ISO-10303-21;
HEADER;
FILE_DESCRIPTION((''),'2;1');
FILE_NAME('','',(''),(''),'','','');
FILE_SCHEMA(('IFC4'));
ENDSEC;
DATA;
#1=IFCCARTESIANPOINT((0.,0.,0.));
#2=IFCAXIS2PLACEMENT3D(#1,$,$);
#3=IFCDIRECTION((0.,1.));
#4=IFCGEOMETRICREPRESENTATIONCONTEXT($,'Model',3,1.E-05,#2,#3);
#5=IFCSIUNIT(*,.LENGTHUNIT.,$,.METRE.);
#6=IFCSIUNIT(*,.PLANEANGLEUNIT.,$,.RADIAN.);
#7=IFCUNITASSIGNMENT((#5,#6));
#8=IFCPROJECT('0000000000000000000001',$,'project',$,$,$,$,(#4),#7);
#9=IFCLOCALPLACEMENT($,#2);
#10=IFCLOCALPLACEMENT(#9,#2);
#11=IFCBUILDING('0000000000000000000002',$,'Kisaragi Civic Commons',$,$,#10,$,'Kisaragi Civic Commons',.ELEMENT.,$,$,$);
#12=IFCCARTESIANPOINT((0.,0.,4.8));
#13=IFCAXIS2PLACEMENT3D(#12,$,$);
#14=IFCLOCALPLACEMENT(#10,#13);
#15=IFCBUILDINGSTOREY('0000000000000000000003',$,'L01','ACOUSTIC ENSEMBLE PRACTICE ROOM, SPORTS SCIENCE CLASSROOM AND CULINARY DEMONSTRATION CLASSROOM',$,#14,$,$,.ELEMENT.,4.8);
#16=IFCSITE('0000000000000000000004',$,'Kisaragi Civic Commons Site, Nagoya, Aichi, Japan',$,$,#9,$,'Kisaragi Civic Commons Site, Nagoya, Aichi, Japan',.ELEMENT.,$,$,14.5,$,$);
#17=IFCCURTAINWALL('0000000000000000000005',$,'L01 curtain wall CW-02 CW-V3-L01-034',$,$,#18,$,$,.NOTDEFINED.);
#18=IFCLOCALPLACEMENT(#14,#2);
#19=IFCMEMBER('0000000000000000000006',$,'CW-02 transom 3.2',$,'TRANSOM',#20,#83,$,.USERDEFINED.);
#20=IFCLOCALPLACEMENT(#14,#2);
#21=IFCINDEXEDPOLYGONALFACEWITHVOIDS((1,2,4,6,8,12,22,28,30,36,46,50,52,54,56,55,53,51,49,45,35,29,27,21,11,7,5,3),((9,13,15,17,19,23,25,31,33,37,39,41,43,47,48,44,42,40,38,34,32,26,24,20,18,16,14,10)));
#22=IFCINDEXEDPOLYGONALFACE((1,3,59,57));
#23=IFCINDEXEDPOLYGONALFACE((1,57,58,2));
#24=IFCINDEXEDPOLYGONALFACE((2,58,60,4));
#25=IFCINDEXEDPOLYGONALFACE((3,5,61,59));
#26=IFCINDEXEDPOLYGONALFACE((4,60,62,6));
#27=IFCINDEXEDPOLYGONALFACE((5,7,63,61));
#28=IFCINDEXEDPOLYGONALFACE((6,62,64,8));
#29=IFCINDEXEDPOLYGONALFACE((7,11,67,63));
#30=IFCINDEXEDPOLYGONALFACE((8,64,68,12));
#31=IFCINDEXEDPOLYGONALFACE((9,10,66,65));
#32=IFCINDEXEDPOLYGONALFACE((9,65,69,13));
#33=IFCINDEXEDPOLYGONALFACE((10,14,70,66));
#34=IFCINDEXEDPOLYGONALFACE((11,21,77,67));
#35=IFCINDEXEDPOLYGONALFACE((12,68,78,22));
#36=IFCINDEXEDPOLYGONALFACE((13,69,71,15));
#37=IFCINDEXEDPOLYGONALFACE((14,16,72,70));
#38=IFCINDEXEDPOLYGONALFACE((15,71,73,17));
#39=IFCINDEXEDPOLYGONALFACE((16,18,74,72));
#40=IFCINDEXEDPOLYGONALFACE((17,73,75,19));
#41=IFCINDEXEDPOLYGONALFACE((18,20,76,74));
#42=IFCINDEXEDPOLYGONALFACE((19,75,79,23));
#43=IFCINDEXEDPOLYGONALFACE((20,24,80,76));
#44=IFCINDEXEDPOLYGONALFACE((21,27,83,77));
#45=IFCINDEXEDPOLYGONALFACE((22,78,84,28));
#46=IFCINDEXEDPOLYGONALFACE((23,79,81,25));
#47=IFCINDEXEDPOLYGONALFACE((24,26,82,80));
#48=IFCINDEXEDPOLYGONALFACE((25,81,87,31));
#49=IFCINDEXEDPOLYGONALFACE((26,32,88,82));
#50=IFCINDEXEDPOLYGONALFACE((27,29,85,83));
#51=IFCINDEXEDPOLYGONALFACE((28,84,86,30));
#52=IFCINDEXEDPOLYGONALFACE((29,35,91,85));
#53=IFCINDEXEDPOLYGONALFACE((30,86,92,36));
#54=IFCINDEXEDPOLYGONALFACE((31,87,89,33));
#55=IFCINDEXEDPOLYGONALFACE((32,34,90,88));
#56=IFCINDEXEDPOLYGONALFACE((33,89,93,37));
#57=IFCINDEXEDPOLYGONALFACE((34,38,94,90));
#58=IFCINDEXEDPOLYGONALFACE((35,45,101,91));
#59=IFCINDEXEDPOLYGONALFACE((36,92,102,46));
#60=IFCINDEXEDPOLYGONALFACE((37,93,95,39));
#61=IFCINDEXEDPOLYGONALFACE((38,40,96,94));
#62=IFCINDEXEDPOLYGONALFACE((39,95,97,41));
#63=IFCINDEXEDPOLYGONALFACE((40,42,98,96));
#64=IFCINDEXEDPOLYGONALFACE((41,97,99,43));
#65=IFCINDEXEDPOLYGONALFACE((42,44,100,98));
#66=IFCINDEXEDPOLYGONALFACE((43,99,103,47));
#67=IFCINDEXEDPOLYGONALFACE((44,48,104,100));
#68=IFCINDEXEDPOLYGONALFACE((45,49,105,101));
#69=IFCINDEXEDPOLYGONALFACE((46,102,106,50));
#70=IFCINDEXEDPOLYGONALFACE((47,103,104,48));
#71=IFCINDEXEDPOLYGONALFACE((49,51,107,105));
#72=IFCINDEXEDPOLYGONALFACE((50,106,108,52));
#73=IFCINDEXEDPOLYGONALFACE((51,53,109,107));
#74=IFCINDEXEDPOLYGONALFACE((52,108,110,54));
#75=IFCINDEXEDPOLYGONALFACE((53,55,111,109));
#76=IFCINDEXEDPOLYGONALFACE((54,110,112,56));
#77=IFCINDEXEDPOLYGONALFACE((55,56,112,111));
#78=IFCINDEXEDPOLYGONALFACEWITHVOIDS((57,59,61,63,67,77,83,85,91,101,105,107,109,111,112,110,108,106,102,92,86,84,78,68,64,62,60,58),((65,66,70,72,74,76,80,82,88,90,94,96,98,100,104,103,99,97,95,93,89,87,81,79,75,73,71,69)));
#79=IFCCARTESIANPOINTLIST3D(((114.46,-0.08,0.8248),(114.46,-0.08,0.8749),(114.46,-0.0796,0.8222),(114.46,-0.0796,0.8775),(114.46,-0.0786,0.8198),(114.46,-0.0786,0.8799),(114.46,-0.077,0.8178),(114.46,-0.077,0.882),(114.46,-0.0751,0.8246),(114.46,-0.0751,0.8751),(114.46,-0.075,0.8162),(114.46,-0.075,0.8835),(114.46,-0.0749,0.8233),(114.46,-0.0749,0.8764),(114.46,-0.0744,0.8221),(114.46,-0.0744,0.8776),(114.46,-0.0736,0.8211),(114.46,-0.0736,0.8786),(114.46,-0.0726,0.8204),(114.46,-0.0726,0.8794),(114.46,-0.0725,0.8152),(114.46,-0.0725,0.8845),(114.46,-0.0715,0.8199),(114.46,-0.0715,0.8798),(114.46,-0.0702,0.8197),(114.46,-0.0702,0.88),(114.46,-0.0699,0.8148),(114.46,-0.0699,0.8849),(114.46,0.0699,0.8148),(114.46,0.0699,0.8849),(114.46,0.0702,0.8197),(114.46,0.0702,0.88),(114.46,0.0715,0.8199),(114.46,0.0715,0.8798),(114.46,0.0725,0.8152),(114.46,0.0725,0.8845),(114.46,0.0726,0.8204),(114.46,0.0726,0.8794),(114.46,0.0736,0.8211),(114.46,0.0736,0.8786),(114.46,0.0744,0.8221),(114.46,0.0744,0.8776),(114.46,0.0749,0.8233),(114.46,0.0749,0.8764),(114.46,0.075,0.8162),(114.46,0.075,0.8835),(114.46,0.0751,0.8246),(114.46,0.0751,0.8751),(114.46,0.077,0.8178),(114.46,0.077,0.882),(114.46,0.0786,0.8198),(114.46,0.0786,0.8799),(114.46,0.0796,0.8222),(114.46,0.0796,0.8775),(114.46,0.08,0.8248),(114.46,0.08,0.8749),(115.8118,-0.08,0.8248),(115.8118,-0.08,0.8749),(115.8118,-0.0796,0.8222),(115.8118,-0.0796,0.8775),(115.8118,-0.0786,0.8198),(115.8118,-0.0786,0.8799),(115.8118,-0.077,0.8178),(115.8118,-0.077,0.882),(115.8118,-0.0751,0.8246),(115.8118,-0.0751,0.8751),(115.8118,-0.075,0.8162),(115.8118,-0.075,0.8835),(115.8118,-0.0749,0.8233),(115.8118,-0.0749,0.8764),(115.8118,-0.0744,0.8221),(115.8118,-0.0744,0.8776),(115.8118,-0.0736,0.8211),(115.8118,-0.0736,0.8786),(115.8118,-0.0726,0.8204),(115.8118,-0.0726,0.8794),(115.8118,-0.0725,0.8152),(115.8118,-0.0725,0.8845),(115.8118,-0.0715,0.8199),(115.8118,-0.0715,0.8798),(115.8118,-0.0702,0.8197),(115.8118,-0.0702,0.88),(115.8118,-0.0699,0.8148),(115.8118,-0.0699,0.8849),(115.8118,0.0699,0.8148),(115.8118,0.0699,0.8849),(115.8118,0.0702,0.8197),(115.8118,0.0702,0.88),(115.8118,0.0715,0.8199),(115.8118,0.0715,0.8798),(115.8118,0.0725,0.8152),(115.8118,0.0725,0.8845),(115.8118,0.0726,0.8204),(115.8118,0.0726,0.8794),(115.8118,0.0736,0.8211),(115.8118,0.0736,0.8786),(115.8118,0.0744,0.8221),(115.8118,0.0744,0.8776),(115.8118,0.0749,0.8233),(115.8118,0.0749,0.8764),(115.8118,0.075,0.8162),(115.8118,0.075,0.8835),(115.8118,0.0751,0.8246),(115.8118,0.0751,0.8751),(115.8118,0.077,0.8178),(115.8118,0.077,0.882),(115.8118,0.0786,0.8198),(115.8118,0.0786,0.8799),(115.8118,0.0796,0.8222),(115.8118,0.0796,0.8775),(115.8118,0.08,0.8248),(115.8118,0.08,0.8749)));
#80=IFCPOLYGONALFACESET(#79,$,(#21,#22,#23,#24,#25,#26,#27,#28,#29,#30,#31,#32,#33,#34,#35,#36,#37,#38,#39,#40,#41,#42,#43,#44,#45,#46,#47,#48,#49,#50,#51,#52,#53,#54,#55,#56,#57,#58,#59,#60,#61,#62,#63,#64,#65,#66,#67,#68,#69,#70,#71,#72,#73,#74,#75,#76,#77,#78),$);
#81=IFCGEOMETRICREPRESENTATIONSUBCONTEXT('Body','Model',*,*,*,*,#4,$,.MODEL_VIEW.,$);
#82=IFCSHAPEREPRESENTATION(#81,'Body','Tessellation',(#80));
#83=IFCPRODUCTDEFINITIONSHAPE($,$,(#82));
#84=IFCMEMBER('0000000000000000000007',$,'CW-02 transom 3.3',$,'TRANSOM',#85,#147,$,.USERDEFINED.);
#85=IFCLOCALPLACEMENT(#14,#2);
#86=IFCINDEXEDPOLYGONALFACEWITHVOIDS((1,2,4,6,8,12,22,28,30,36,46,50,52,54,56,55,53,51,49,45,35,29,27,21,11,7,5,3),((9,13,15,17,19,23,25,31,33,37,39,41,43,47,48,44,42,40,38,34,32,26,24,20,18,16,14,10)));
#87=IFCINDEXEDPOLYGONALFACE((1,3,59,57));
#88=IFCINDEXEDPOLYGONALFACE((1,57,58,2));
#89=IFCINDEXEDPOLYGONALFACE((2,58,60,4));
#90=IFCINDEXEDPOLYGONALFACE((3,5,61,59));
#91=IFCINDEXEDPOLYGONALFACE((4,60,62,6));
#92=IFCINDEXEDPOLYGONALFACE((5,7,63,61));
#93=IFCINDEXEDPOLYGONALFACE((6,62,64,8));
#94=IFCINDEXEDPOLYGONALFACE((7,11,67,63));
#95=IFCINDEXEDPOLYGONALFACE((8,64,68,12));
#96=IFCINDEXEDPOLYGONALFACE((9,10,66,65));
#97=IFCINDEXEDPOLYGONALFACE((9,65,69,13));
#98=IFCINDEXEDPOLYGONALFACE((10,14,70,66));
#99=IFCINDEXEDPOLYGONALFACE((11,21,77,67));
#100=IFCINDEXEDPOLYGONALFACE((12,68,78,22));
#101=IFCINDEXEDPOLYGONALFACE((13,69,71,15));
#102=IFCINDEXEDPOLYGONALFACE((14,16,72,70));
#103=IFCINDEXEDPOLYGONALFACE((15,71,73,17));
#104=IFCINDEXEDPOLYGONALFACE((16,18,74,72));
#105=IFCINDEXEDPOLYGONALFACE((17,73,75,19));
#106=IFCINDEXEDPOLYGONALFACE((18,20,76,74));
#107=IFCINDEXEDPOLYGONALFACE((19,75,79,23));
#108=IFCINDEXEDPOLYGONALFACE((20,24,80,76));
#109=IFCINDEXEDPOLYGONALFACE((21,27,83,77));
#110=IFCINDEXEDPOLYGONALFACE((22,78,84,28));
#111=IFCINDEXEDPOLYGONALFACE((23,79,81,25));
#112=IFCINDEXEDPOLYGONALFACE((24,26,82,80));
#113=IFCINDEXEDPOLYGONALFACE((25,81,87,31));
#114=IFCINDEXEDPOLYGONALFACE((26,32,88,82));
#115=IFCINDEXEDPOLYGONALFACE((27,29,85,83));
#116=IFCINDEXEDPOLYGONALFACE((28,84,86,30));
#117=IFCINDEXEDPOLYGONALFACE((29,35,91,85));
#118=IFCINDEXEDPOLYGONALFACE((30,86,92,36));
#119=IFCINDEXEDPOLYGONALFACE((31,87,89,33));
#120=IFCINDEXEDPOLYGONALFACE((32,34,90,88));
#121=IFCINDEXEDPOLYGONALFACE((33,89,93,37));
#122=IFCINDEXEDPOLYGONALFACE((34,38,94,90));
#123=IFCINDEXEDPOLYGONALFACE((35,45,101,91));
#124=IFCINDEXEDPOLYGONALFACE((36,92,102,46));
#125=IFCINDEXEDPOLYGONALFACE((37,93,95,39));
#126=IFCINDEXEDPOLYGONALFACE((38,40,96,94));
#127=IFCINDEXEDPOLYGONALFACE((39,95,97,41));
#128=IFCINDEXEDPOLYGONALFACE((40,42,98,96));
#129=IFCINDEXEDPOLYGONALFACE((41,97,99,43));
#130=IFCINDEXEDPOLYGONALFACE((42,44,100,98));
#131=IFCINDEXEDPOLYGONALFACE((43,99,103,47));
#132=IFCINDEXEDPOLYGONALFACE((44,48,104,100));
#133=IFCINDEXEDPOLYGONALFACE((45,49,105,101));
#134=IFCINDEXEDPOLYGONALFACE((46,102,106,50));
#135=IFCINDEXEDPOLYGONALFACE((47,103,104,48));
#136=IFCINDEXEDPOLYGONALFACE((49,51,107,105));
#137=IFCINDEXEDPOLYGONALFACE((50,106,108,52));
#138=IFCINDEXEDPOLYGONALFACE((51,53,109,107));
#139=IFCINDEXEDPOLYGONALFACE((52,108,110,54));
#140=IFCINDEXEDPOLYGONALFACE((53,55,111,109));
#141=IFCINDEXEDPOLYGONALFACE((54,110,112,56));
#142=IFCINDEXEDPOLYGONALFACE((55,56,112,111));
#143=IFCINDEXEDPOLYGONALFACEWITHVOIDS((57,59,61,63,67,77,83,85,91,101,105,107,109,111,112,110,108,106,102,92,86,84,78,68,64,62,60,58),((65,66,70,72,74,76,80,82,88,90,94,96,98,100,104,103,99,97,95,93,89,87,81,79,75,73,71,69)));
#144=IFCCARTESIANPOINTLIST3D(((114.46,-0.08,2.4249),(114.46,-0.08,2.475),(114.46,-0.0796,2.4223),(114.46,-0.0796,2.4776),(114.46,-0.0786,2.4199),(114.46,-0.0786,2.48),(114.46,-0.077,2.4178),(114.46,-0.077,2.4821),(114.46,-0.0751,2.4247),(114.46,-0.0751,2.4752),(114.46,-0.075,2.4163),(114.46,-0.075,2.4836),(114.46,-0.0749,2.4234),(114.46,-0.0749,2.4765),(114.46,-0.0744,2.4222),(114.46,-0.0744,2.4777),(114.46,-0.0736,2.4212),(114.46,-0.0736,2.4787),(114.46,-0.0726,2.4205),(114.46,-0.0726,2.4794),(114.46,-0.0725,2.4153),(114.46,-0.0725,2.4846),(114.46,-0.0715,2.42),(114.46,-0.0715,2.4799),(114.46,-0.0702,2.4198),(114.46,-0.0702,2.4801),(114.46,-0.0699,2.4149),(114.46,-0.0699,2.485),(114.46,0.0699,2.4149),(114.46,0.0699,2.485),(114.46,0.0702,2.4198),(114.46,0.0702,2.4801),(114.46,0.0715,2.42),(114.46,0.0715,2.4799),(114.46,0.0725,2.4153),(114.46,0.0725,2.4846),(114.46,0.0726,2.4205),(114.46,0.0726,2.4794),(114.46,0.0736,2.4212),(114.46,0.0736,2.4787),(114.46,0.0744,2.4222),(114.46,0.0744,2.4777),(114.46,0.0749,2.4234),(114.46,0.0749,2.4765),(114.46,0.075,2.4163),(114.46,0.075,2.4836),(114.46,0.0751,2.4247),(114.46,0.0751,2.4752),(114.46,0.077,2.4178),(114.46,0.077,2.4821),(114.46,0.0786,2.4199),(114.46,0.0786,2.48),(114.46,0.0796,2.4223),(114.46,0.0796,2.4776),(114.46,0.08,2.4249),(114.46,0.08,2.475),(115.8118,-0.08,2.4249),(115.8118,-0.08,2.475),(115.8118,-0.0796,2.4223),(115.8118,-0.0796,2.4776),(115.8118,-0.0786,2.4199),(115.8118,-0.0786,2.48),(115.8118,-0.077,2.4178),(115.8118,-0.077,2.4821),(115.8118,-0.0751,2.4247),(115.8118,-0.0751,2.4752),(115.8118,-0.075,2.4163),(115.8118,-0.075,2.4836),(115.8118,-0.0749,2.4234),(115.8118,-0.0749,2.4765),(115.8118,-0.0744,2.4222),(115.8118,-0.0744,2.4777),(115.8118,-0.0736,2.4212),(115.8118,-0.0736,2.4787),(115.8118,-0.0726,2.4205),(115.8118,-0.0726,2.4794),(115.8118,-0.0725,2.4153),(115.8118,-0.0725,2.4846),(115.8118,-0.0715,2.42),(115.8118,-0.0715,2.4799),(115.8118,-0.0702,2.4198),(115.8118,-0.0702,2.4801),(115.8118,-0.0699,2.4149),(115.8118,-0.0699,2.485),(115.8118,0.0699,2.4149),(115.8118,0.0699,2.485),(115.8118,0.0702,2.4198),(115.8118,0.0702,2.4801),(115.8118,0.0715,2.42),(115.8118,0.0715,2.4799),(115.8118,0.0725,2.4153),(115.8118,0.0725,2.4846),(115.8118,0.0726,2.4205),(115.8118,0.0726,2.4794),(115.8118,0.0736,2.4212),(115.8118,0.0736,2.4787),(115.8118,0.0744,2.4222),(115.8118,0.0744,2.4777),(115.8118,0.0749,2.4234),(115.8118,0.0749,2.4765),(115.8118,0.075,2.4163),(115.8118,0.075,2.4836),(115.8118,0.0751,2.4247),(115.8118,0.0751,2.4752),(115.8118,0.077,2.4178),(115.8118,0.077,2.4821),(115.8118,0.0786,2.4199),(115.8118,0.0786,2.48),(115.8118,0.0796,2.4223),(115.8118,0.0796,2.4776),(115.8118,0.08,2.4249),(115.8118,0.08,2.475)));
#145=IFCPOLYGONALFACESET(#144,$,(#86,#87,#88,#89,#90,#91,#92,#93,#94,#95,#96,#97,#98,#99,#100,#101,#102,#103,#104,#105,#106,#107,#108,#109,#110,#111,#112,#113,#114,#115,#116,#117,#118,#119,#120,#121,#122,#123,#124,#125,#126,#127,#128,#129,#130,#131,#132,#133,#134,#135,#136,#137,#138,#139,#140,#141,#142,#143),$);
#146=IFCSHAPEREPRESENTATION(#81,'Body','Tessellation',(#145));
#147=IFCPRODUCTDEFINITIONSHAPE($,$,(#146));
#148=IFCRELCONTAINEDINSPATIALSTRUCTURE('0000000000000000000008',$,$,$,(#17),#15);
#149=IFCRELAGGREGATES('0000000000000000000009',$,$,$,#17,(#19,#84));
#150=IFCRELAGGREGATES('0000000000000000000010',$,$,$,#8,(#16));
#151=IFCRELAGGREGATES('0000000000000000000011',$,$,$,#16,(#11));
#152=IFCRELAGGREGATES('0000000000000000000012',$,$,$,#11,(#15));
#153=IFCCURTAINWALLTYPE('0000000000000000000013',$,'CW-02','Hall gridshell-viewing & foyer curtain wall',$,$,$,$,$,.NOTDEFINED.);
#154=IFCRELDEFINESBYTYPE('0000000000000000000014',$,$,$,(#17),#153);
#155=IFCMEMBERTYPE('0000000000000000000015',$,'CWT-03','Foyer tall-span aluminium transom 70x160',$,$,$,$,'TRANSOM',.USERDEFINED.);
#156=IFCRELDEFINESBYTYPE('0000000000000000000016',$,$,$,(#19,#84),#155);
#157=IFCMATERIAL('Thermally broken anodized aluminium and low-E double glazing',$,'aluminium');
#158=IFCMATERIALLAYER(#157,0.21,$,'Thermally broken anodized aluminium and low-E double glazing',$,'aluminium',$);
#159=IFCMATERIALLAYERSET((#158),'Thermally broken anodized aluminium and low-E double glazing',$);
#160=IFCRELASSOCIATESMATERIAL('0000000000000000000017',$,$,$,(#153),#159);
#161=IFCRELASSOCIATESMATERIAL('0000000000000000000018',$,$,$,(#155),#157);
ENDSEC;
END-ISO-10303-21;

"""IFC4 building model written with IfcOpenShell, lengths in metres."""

from ifc_helpers import new_model, si_unit, direction, frame, origin, origin_2d, place, context, subcontext, project, spatial, hollow_rectangle, extrude, material, layer, layer_set, material_profile, profile_set, type_object, element, aggregate, save


model = new_model("IFC4")

# Units and contexts
model_context = context("Model", 3, precision=1e-05, world=origin(), true_north=direction((0.0, 1.0)))
body_context = subcontext(model_context, "Body", "Model", "MODEL_VIEW")
ifc_project = project(units=[si_unit("LENGTHUNIT", "METRE"), si_unit("PLANEANGLEUNIT", "RADIAN")], contexts=[model_context])

# Site, building, storey
site_placement = place(None, origin())
site = spatial("IfcSite", under=ifc_project, at=site_placement, Name="Kisaragi Civic Commons Site, Nagoya, Aichi, Japan", LongName="Kisaragi Civic Commons Site, Nagoya, Aichi, Japan", CompositionType="ELEMENT", RefElevation=14.5)
building_placement = place(site_placement, origin())
building = spatial("IfcBuilding", under=site, at=building_placement, Name="Kisaragi Civic Commons", LongName="Kisaragi Civic Commons", CompositionType="ELEMENT")
storey_placement = place(building_placement, frame((0.0, 0.0, 4.8)))
storey = spatial("IfcBuildingStorey", under=building, at=storey_placement, Name="L01", Description="ACOUSTIC ENSEMBLE PRACTICE ROOM, SPORTS SCIENCE CLASSROOM AND CULINARY DEMONSTRATION CLASSROOM", CompositionType="ELEMENT", Elevation=4.8)

# Curtain wall, members
ifc_material_1 = material(Name="Thermally broken anodized aluminium and low-E double glazing", Category="aluminium")
ifc_layer_1 = layer(ifc_material_1, 0.21, Name="Thermally broken anodized aluminium and low-E double glazing", Category="aluminium")
ifc_layer_set_1 = layer_set([ifc_layer_1], Name="Thermally broken anodized aluminium and low-E double glazing")
curtain_wall_type = type_object("IfcCurtainWallType", Name="CW-02", Description="Hall gridshell-viewing & foyer curtain wall", PredefinedType="NOTDEFINED", material=ifc_layer_set_1)
curtain_wall_1_placement = place(storey_placement, origin())
curtain_wall_1 = element("IfcCurtainWall", 1, at=curtain_wall_1_placement, inside=storey, type_object=curtain_wall_type, Name="L01 curtain wall CW-02 CW-V3-L01-034", PredefinedType="NOTDEFINED")
ifc_material_profile_1 = material_profile(ifc_material_1, hollow_rectangle(XDim=0.1599, YDim=0.0701, WallThickness=0.0049, InnerFilletRadius=0.0049, OuterFilletRadius=0.01, at=origin_2d()), Name="CWT-70x160x5", Category="aluminium")
ifc_profile_set_1 = profile_set([ifc_material_profile_1], Name="Thermally broken anodized aluminium and low-E double glazing")
member_type_1 = type_object("IfcMemberType", Name="CWT-03", Description="Foyer tall-span aluminium transom 70x160", ElementType="TRANSOM", PredefinedType="USERDEFINED", material=ifc_profile_set_1)
member_1_placement = place(storey_placement, frame((115.8118, 0.0, 0.8499), z_axis=(-1.0, 0.0, 0.0), x_axis=(0.0, -1.0, 0.0)))
member_1 = element("IfcMember", 2, at=member_1_placement, type_object=member_type_1, Name="CW-02 transom 3.2", ObjectType="TRANSOM", PredefinedType="USERDEFINED", context=body_context, shape_type="SweptSolid", body=[
    extrude(hollow_rectangle(XDim=0.1599, YDim=0.0701, WallThickness=0.0049, InnerFilletRadius=0.0049, OuterFilletRadius=0.01, at=origin_2d()), origin(), (0.0, 0.0, 1.0), 1.3518),
])
member_2_placement = place(storey_placement, frame((115.8118, 0.0, 2.45), z_axis=(-1.0, 0.0, 0.0), x_axis=(0.0, -1.0, 0.0)))
member_2 = element("IfcMember", 3, at=member_2_placement, type_object=member_type_1, Name="CW-02 transom 3.3", ObjectType="TRANSOM", PredefinedType="USERDEFINED", context=body_context, shape_type="SweptSolid", body=[
    extrude(hollow_rectangle(XDim=0.1599, YDim=0.0701, WallThickness=0.0049, InnerFilletRadius=0.0049, OuterFilletRadius=0.01, at=origin_2d()), origin(), (0.0, 0.0, 1.0), 1.3518),
])

aggregate(curtain_wall_1, [member_1, member_2])

save(model, "model.ifc")
